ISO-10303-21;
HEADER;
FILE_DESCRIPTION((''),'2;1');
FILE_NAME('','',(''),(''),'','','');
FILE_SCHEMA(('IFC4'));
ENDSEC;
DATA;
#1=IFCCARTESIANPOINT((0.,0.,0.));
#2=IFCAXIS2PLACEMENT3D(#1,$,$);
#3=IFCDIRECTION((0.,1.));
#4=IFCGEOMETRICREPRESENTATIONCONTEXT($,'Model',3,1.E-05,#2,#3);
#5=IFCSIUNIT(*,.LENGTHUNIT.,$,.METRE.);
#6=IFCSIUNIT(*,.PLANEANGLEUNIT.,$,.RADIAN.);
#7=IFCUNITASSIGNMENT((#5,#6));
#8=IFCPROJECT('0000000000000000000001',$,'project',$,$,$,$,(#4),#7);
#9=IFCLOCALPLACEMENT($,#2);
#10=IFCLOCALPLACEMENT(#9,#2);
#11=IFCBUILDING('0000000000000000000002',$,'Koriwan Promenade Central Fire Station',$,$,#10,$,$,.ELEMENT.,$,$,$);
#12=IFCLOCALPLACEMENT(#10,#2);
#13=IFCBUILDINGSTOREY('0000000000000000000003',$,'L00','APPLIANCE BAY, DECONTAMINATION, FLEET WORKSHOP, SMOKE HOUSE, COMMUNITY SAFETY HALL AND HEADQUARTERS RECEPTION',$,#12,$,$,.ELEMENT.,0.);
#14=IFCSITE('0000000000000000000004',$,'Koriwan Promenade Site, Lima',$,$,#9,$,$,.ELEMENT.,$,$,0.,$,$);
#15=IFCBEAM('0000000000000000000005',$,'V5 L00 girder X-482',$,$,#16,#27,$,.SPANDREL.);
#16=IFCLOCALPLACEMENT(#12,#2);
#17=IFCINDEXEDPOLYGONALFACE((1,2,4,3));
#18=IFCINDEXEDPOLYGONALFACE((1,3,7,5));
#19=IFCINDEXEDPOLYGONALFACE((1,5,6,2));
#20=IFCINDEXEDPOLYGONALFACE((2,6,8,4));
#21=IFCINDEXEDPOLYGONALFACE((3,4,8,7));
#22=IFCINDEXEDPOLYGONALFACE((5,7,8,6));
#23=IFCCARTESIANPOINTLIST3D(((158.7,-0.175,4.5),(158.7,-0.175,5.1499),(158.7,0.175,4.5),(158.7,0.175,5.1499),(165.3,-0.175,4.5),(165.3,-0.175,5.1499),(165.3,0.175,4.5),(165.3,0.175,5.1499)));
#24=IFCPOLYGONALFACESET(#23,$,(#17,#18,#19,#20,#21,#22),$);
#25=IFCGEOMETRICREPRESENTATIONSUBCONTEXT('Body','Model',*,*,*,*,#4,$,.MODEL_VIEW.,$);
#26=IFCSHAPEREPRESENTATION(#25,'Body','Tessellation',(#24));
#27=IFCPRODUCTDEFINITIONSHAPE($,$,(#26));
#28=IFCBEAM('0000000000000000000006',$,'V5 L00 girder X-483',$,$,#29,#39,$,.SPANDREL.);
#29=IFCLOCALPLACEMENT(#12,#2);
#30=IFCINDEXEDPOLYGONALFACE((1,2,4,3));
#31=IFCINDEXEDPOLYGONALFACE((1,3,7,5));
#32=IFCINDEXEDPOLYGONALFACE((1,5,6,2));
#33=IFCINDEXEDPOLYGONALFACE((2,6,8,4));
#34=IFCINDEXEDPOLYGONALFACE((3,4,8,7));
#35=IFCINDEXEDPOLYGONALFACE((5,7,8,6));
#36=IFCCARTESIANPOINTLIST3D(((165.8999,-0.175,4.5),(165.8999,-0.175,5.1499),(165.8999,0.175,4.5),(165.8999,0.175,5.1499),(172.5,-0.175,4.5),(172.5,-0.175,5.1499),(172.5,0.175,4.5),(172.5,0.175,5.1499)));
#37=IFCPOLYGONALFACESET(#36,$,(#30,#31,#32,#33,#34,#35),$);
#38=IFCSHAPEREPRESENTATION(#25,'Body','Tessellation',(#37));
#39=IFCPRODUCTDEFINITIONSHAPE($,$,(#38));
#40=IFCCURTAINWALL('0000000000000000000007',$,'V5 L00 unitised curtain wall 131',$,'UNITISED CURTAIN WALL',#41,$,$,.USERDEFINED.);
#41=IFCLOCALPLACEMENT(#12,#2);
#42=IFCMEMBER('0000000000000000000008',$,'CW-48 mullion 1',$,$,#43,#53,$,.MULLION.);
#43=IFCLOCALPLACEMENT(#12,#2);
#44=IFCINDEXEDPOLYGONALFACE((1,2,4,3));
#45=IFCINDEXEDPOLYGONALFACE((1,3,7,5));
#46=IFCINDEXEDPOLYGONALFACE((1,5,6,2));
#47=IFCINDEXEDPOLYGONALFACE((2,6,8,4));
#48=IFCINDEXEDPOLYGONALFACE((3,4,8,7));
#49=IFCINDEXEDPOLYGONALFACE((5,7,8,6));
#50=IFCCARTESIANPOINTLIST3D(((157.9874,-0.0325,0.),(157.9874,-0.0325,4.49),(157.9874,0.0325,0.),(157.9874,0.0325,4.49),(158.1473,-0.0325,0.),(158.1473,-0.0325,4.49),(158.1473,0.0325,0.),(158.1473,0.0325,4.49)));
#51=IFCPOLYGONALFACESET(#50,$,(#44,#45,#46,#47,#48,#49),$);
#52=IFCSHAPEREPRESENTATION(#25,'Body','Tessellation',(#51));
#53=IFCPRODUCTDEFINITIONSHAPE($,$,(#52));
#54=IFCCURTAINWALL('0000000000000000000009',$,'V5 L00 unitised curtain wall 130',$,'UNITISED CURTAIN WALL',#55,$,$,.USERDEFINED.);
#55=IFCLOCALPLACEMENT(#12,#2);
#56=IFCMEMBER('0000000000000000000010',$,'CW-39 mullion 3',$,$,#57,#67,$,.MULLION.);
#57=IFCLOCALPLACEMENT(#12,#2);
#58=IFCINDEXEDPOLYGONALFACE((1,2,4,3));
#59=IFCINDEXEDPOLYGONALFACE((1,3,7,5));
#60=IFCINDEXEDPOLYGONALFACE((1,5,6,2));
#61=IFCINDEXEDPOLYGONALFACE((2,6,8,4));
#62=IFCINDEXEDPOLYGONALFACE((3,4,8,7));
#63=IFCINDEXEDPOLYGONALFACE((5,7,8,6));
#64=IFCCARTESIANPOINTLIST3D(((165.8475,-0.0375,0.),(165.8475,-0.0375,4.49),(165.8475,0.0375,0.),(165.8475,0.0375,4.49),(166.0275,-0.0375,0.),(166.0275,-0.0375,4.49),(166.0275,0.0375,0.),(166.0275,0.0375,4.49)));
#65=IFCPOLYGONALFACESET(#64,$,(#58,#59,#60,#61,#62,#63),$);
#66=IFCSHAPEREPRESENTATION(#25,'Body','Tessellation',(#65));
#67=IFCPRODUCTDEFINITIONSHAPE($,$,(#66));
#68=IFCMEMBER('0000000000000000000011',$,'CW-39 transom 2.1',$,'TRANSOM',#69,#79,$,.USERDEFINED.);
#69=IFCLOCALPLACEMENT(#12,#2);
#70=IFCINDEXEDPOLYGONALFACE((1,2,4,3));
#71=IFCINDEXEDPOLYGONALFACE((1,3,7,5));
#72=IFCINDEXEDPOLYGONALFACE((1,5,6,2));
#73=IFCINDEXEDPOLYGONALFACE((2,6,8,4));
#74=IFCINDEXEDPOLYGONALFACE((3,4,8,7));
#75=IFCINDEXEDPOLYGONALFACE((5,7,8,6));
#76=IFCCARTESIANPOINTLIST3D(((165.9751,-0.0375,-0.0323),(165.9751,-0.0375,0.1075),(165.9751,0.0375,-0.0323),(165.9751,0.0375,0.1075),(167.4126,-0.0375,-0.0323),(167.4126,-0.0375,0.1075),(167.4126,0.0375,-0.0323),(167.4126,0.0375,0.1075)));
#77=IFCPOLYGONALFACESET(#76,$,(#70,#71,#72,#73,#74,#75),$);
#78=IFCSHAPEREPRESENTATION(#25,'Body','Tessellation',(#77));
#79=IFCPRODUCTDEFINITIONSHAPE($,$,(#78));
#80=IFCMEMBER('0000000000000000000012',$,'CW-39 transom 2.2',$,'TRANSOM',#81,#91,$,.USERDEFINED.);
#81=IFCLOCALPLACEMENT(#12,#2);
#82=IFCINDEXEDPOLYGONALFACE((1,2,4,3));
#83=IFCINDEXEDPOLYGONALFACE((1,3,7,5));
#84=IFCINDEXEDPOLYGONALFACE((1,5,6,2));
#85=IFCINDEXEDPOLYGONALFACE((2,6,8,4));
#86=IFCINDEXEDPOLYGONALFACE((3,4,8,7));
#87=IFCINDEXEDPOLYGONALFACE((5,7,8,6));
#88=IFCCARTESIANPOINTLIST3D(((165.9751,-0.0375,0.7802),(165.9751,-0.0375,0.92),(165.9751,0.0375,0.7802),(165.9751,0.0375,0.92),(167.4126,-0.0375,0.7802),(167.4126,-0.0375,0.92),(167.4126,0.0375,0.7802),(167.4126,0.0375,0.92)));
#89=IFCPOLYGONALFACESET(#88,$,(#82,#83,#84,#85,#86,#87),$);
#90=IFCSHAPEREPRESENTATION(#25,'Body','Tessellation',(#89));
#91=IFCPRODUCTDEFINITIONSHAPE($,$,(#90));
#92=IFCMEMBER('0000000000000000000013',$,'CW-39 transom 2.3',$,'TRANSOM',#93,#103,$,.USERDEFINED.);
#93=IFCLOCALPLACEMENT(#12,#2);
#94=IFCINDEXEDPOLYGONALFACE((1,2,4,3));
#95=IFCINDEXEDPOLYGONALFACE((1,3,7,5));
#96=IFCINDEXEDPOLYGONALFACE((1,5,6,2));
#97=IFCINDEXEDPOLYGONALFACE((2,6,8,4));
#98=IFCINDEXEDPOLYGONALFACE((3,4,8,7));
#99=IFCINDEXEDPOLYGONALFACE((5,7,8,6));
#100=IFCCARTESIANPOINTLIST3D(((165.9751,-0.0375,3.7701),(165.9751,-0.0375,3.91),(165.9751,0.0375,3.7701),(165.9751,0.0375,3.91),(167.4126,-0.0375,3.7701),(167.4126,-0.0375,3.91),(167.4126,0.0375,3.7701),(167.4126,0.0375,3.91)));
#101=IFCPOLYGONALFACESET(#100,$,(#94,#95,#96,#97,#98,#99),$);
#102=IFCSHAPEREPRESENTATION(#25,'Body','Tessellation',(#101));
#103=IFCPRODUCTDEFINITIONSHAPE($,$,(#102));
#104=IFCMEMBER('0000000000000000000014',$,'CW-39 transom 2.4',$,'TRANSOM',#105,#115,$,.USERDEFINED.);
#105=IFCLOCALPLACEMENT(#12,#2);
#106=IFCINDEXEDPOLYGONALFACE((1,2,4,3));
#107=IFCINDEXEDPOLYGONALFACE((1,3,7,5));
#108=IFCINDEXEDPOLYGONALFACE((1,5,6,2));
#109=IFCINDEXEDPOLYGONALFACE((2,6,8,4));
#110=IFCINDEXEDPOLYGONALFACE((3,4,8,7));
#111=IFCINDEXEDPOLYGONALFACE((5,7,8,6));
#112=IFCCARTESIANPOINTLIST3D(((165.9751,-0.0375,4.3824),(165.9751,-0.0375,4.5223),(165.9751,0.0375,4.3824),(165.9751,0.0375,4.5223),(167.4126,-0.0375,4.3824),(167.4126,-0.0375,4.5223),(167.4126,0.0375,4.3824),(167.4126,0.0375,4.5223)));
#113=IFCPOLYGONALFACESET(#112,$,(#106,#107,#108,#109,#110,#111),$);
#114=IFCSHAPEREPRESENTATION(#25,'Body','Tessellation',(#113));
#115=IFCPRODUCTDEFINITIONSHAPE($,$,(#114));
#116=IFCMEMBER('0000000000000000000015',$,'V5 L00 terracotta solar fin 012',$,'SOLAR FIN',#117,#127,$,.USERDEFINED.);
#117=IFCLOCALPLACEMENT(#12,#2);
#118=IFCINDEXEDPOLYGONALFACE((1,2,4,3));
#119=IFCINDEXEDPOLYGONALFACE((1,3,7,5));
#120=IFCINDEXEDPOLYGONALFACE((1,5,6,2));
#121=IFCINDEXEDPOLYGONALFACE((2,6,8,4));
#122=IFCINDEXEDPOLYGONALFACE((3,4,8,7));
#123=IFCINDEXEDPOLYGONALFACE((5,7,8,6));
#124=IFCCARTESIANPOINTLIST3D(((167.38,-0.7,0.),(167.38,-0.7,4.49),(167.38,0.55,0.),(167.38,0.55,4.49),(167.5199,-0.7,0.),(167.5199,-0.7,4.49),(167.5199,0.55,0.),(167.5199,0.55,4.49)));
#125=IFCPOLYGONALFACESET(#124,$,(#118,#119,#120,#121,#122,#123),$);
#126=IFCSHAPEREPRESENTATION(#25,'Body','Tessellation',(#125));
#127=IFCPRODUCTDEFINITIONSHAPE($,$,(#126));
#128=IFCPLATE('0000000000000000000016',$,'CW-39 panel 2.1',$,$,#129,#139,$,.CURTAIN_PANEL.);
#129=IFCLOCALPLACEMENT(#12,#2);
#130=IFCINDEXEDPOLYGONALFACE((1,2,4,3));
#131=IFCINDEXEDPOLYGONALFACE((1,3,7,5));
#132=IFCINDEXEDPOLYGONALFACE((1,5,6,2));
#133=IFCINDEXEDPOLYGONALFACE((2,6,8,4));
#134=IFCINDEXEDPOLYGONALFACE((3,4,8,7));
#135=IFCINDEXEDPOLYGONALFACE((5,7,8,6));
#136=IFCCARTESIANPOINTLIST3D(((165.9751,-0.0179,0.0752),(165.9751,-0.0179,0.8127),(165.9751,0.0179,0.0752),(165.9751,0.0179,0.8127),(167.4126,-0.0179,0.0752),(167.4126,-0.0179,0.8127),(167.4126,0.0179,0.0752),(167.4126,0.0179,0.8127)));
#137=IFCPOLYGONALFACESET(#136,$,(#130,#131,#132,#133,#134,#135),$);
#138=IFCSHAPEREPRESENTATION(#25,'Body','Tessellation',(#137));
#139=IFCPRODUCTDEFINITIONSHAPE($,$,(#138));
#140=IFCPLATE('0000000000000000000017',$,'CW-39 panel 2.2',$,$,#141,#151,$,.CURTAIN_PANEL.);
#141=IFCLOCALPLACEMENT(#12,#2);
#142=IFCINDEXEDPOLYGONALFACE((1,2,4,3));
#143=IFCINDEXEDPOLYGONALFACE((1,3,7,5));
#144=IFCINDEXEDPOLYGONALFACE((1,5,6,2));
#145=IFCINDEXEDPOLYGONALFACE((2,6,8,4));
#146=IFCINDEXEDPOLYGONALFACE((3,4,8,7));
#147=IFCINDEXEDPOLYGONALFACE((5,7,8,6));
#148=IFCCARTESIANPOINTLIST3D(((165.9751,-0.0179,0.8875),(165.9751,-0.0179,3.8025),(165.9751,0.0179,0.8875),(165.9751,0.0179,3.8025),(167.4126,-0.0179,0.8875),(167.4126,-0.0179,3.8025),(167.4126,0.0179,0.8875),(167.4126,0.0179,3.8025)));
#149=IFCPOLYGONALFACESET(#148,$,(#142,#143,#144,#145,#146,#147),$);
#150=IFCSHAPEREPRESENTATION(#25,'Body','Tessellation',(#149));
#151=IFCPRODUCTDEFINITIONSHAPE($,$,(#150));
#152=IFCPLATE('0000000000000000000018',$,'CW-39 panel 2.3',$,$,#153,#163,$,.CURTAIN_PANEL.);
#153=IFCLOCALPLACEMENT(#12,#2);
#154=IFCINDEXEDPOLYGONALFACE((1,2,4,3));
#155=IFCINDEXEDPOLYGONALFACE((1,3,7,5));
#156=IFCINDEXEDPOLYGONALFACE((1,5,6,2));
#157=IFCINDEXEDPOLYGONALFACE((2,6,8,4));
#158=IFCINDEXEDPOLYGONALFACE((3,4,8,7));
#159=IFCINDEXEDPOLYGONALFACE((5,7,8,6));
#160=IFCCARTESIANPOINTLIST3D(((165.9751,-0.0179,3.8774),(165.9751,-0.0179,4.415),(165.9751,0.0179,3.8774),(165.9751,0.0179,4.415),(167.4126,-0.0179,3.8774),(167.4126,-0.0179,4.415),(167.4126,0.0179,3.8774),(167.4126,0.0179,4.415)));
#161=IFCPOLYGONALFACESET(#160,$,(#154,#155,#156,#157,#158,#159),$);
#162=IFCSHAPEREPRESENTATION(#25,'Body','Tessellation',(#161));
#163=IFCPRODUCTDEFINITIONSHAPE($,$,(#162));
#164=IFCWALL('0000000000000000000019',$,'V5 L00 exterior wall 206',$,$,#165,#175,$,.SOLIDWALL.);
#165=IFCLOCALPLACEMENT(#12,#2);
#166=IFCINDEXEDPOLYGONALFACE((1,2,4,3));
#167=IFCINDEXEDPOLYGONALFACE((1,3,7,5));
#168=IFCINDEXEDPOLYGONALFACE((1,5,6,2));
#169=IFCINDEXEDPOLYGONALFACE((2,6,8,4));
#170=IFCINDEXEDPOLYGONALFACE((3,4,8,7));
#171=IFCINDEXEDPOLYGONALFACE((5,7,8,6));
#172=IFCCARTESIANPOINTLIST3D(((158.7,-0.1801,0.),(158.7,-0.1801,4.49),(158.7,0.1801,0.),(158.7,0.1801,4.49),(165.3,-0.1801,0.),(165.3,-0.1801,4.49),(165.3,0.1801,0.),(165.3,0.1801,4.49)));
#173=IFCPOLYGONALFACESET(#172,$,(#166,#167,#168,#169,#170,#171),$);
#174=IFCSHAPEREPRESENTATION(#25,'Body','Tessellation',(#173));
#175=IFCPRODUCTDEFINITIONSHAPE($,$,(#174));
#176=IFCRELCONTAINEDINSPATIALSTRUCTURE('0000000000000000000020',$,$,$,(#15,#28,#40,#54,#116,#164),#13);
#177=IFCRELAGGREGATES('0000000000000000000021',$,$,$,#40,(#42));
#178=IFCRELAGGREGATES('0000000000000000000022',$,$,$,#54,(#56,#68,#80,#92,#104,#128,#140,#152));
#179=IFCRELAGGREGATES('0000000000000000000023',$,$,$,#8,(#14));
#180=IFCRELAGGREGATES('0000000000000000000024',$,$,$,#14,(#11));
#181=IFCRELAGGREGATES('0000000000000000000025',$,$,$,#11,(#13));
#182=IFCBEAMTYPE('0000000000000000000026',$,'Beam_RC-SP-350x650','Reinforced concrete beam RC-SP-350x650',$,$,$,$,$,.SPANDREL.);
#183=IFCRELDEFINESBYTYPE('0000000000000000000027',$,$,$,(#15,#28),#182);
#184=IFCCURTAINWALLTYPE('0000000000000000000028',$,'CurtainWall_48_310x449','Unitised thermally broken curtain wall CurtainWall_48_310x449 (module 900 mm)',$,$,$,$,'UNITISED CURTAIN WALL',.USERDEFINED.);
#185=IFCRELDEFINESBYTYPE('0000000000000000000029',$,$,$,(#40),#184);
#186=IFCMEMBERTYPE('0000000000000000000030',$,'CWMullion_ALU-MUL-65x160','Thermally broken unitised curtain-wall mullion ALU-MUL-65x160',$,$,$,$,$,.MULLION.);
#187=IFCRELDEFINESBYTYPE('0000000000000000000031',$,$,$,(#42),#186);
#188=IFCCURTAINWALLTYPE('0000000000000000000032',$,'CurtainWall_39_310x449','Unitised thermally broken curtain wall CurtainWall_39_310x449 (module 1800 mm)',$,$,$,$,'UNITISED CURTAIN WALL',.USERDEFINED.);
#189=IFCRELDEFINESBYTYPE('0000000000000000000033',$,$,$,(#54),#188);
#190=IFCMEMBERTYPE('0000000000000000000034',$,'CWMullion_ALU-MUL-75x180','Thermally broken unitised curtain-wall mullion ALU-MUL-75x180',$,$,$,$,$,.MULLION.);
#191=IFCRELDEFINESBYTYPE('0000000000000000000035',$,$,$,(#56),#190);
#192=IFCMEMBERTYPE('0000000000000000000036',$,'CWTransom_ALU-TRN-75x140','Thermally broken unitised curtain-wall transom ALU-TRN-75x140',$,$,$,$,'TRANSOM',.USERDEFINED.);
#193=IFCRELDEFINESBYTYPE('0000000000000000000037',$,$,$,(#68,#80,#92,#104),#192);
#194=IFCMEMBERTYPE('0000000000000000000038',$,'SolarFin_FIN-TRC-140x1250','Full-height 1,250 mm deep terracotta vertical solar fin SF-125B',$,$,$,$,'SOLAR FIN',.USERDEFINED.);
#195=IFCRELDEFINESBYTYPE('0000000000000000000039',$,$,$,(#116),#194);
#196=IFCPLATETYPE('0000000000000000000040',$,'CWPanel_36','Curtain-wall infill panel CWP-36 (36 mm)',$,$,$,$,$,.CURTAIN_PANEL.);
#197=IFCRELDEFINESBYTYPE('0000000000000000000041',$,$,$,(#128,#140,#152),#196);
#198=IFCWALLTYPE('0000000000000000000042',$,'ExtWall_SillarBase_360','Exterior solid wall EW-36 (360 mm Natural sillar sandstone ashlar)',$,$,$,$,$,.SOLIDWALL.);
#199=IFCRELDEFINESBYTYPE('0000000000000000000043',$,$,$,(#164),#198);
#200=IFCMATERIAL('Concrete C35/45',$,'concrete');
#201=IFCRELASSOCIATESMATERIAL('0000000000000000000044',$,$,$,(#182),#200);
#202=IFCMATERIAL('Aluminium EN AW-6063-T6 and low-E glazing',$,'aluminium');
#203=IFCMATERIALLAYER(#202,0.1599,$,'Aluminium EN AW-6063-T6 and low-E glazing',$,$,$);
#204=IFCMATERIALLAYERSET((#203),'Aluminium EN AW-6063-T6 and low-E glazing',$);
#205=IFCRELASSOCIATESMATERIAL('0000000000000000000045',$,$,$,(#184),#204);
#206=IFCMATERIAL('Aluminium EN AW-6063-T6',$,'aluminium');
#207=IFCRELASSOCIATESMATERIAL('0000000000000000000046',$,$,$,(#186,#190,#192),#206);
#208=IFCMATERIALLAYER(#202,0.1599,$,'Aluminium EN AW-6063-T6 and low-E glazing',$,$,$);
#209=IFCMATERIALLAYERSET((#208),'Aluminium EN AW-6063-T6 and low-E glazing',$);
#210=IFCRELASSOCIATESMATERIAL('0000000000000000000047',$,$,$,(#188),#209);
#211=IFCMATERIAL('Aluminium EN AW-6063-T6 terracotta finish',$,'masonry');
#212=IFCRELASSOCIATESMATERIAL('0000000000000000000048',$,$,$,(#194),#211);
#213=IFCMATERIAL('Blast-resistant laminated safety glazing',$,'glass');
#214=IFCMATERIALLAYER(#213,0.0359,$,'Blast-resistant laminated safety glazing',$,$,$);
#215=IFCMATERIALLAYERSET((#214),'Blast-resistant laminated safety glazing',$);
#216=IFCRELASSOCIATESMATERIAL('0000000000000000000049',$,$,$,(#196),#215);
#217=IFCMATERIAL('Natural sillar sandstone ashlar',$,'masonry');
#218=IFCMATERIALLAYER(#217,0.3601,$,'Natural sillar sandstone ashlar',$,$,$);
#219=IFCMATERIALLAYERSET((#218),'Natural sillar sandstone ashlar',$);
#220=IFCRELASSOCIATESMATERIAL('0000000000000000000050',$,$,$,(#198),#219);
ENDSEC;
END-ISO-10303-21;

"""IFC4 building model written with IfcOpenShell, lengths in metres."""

from ifc_helpers import new_model, si_unit, direction, frame, frame_2d, origin, origin_2d, place, context, subcontext, project, spatial, rectangle, extrude, material, layer, layer_set, material_profile, profile_set, type_object, element, aggregate, save


model = new_model("IFC4")

# Units and contexts
model_context = context("Model", 3, precision=1e-05, world=origin(), true_north=direction((0.0, 1.0)))
body_context = subcontext(model_context, "Body", "Model", "MODEL_VIEW")
ifc_project = project(units=[si_unit("LENGTHUNIT", "METRE"), si_unit("PLANEANGLEUNIT", "RADIAN")], contexts=[model_context])

# Site, building, storey
site_placement = place(None, origin())
site = spatial("IfcSite", under=ifc_project, at=site_placement, Name="Koriwan Promenade Site, Lima", CompositionType="ELEMENT", RefElevation=0.0)
building_placement = place(site_placement, origin())
building = spatial("IfcBuilding", under=site, at=building_placement, Name="Koriwan Promenade Central Fire Station", CompositionType="ELEMENT")
storey_placement = place(building_placement, origin())
storey = spatial("IfcBuildingStorey", under=building, at=storey_placement, Name="L00", Description="APPLIANCE BAY, DECONTAMINATION, FLEET WORKSHOP, SMOKE HOUSE, COMMUNITY SAFETY HALL AND HEADQUARTERS RECEPTION", CompositionType="ELEMENT", Elevation=0.0)

# Shared definitions
ifc_material_1 = material(Name="Concrete C35/45", Category="concrete")

# Beams
ifc_material_profile_1 = material_profile(ifc_material_1, rectangle(XDim=0.3501, YDim=0.6499, at=origin_2d()), Name="RC-SP-350x650")
ifc_profile_set_1 = profile_set([ifc_material_profile_1], Name="Concrete C35/45")
beam_type_1 = type_object("IfcBeamType", Name="Beam_RC-SP-350x650", Description="Reinforced concrete beam RC-SP-350x650", PredefinedType="SPANDREL", material=ifc_profile_set_1)
for number, where, z_axis, x_axis, name in (
    (1, (158.7, 0.0, 4.825), (1.0, 0.0, 0.0), (0.0, 1.0, 0.0), "V5 L00 girder X-482"),
    (2, (165.8999, 0.0, 4.825), (1.0, 0.0, 0.0), (0.0, 1.0, 0.0), "V5 L00 girder X-483"),
):
    element("IfcBeam", number, at=place(storey_placement, frame(where, z_axis=z_axis, x_axis=x_axis)), inside=storey, type_object=beam_type_1, Name=name, PredefinedType="SPANDREL", context=body_context, shape_type="SweptSolid", body=[
        extrude(rectangle(XDim=0.3501, YDim=0.6499, at=origin_2d()), origin(), (0.0, 0.0, 1.0), 6.6001),
    ])

# Curtain wall, member
ifc_material_2 = material(Name="Aluminium EN AW-6063-T6 and low-E glazing", Category="aluminium")
ifc_layer_1 = layer(ifc_material_2, 0.1599, Name="Aluminium EN AW-6063-T6 and low-E glazing")
ifc_layer_set_1 = layer_set([ifc_layer_1], Name="Aluminium EN AW-6063-T6 and low-E glazing")
curtain_wall_type_1 = type_object("IfcCurtainWallType", Name="CurtainWall_48_310x449", Description="Unitised thermally broken curtain wall CurtainWall_48_310x449 (module 900 mm)", ElementType="UNITISED CURTAIN WALL", PredefinedType="USERDEFINED", material=ifc_layer_set_1)
curtain_wall_1_placement = place(storey_placement, origin())
curtain_wall_1 = element("IfcCurtainWall", 3, at=curtain_wall_1_placement, inside=storey, type_object=curtain_wall_type_1, Name="V5 L00 unitised curtain wall 131", ObjectType="UNITISED CURTAIN WALL", PredefinedType="USERDEFINED")
ifc_material_3 = material(Name="Aluminium EN AW-6063-T6", Category="aluminium")
ifc_material_profile_2 = material_profile(ifc_material_3, rectangle(XDim=0.0649, YDim=0.1599, at=origin_2d()), Name="ALU-MUL-65x160")
ifc_profile_set_2 = profile_set([ifc_material_profile_2], Name="Aluminium EN AW-6063-T6")
member_type_1 = type_object("IfcMemberType", Name="CWMullion_ALU-MUL-65x160", Description="Thermally broken unitised curtain-wall mullion ALU-MUL-65x160", PredefinedType="MULLION", material=ifc_profile_set_2)
member_1_placement = place(storey_placement, frame((158.0674, 0.0, 0.0), z_axis=(0.0, 0.0, 1.0), x_axis=(0.0, -1.0, 0.0)))
member_1 = element("IfcMember", 4, at=member_1_placement, type_object=member_type_1, Name="CW-48 mullion 1", PredefinedType="MULLION", context=body_context, shape_type="SweptSolid", body=[
    extrude(rectangle(XDim=0.0649, YDim=0.1599, at=origin_2d()), origin(), (0.0, 0.0, 1.0), 4.49),
])
aggregate(curtain_wall_1, [member_1])

# Curtain wall, members
ifc_layer_2 = layer(ifc_material_2, 0.1599, Name="Aluminium EN AW-6063-T6 and low-E glazing")
ifc_layer_set_2 = layer_set([ifc_layer_2], Name="Aluminium EN AW-6063-T6 and low-E glazing")
curtain_wall_type_2 = type_object("IfcCurtainWallType", Name="CurtainWall_39_310x449", Description="Unitised thermally broken curtain wall CurtainWall_39_310x449 (module 1800 mm)", ElementType="UNITISED CURTAIN WALL", PredefinedType="USERDEFINED", material=ifc_layer_set_2)
curtain_wall_2_placement = place(storey_placement, origin())
curtain_wall_2 = element("IfcCurtainWall", 5, at=curtain_wall_2_placement, inside=storey, type_object=curtain_wall_type_2, Name="V5 L00 unitised curtain wall 130", ObjectType="UNITISED CURTAIN WALL", PredefinedType="USERDEFINED")
ifc_material_profile_3 = material_profile(ifc_material_3, rectangle(XDim=0.075, YDim=0.1799, at=origin_2d()), Name="ALU-MUL-75x180")
ifc_profile_set_3 = profile_set([ifc_material_profile_3], Name="Aluminium EN AW-6063-T6")
member_type_2 = type_object("IfcMemberType", Name="CWMullion_ALU-MUL-75x180", Description="Thermally broken unitised curtain-wall mullion ALU-MUL-75x180", PredefinedType="MULLION", material=ifc_profile_set_3)
member_2_placement = place(storey_placement, frame((165.9375, 0.0, 0.0), z_axis=(0.0, 0.0, 1.0), x_axis=(0.0, -1.0, 0.0)))
member_2 = element("IfcMember", 6, at=member_2_placement, type_object=member_type_2, Name="CW-39 mullion 3", PredefinedType="MULLION", context=body_context, shape_type="SweptSolid", body=[
    extrude(rectangle(XDim=0.075, YDim=0.1799, at=origin_2d()), origin(), (0.0, 0.0, 1.0), 4.49),
])
ifc_material_profile_4 = material_profile(ifc_material_3, rectangle(XDim=0.075, YDim=0.1399, at=origin_2d()), Name="ALU-TRN-75x140")
ifc_profile_set_4 = profile_set([ifc_material_profile_4], Name="Aluminium EN AW-6063-T6")
member_type_3 = type_object("IfcMemberType", Name="CWTransom_ALU-TRN-75x140", Description="Thermally broken unitised curtain-wall transom ALU-TRN-75x140", ElementType="TRANSOM", PredefinedType="USERDEFINED", material=ifc_profile_set_4)
member_3_placement = place(storey_placement, frame((167.4126, 0.0, 0.0376), z_axis=(-1.0, 0.0, 0.0), x_axis=(0.0, -1.0, 0.0)))
member_3 = element("IfcMember", 7, at=member_3_placement, type_object=member_type_3, Name="CW-39 transom 2.1", ObjectType="TRANSOM", PredefinedType="USERDEFINED", context=body_context, shape_type="SweptSolid", body=[
    extrude(rectangle(XDim=0.075, YDim=0.1399, at=origin_2d()), origin(), (0.0, 0.0, 1.0), 1.4375),
])
member_4_placement = place(storey_placement, frame((167.4126, 0.0, 0.8501), z_axis=(-1.0, 0.0, 0.0), x_axis=(0.0, -1.0, 0.0)))
member_4 = element("IfcMember", 8, at=member_4_placement, type_object=member_type_3, Name="CW-39 transom 2.2", ObjectType="TRANSOM", PredefinedType="USERDEFINED", context=body_context, shape_type="SweptSolid", body=[
    extrude(rectangle(XDim=0.075, YDim=0.1399, at=origin_2d()), origin(), (0.0, 0.0, 1.0), 1.4375),
])
member_5_placement = place(storey_placement, frame((167.4126, 0.0, 3.8401), z_axis=(-1.0, 0.0, 0.0), x_axis=(0.0, -1.0, 0.0)))
member_5 = element("IfcMember", 9, at=member_5_placement, type_object=member_type_3, Name="CW-39 transom 2.3", ObjectType="TRANSOM", PredefinedType="USERDEFINED", context=body_context, shape_type="SweptSolid", body=[
    extrude(rectangle(XDim=0.075, YDim=0.1399, at=origin_2d()), origin(), (0.0, 0.0, 1.0), 1.4375),
])
member_6_placement = place(storey_placement, frame((167.4126, 0.0, 4.4524), z_axis=(-1.0, 0.0, 0.0), x_axis=(0.0, -1.0, 0.0)))
member_6 = element("IfcMember", 10, at=member_6_placement, type_object=member_type_3, Name="CW-39 transom 2.4", ObjectType="TRANSOM", PredefinedType="USERDEFINED", context=body_context, shape_type="SweptSolid", body=[
    extrude(rectangle(XDim=0.075, YDim=0.1399, at=origin_2d()), origin(), (0.0, 0.0, 1.0), 1.4375),
])

# Member
ifc_material_4 = material(Name="Aluminium EN AW-6063-T6 terracotta finish", Category="masonry")
ifc_material_profile_5 = material_profile(ifc_material_4, rectangle(XDim=0.1399, YDim=1.25, at=origin_2d()), Name="FIN-TRC-140x1250")
ifc_profile_set_5 = profile_set([ifc_material_profile_5], Name="Aluminium EN AW-6063-T6 terracotta finish")
member_type_4 = type_object("IfcMemberType", Name="SolarFin_FIN-TRC-140x1250", Description="Full-height 1,250 mm deep terracotta vertical solar fin SF-125B", ElementType="SOLAR FIN", PredefinedType="USERDEFINED", material=ifc_profile_set_5)
member_7_placement = place(storey_placement, frame((167.45, -0.075, 0.0), z_axis=(0.0, 0.0, 1.0), x_axis=(-1.0, 0.0, 0.0)))
element("IfcMember", 11, at=member_7_placement, inside=storey, type_object=member_type_4, Name="V5 L00 terracotta solar fin 012", ObjectType="SOLAR FIN", PredefinedType="USERDEFINED", context=body_context, shape_type="SweptSolid", body=[
    extrude(rectangle(XDim=0.1399, YDim=1.25, at=origin_2d()), origin(), (0.0, 0.0, 1.0), 4.49),
])

# Plates
ifc_material_5 = material(Name="Blast-resistant laminated safety glazing", Category="glass")
ifc_layer_3 = layer(ifc_material_5, 0.0359, Name="Blast-resistant laminated safety glazing")
ifc_layer_set_3 = layer_set([ifc_layer_3], Name="Blast-resistant laminated safety glazing")
plate_type = type_object("IfcPlateType", Name="CWPanel_36", Description="Curtain-wall infill panel CWP-36 (36 mm)", PredefinedType="CURTAIN_PANEL", material=ifc_layer_set_3)
plate_1_placement = place(storey_placement, frame((166.6938, 0.0, 0.0752), z_axis=(0.0, 0.0, 1.0), x_axis=(-1.0, 0.0, 0.0)))
plate_1 = element("IfcPlate", 12, at=plate_1_placement, type_object=plate_type, Name="CW-39 panel 2.1", PredefinedType="CURTAIN_PANEL", context=body_context, shape_type="SweptSolid", body=[
    extrude(rectangle(XDim=1.4375, YDim=0.0359, at=origin_2d()), origin(), (0.0, 0.0, 1.0), 0.7375),
])
plate_2_placement = place(storey_placement, frame((166.6938, 0.0, 0.8875), z_axis=(0.0, 0.0, 1.0), x_axis=(-1.0, 0.0, 0.0)))
plate_2 = element("IfcPlate", 13, at=plate_2_placement, type_object=plate_type, Name="CW-39 panel 2.2", PredefinedType="CURTAIN_PANEL", context=body_context, shape_type="SweptSolid", body=[
    extrude(rectangle(XDim=1.4375, YDim=0.0359, at=origin_2d()), origin(), (0.0, 0.0, 1.0), 2.915),
])
plate_3_placement = place(storey_placement, frame((166.6938, 0.0, 3.8774), z_axis=(0.0, 0.0, 1.0), x_axis=(-1.0, 0.0, 0.0)))
plate_3 = element("IfcPlate", 14, at=plate_3_placement, type_object=plate_type, Name="CW-39 panel 2.3", PredefinedType="CURTAIN_PANEL", context=body_context, shape_type="SweptSolid", body=[
    extrude(rectangle(XDim=1.4375, YDim=0.0359, at=origin_2d()), origin(), (0.0, 0.0, 1.0), 0.5376),
])
aggregate(curtain_wall_2, [member_2, member_3, member_4, member_5, member_6, plate_1, plate_2, plate_3])

# Wall
ifc_material_6 = material(Name="Natural sillar sandstone ashlar", Category="masonry")
ifc_layer_4 = layer(ifc_material_6, 0.3601, Name="Natural sillar sandstone ashlar")
ifc_layer_set_4 = layer_set([ifc_layer_4], Name="Natural sillar sandstone ashlar")
wall_type_1 = type_object("IfcWallType", Name="ExtWall_SillarBase_360", Description="Exterior solid wall EW-36 (360 mm Natural sillar sandstone ashlar)", PredefinedType="SOLIDWALL", material=ifc_layer_set_4)
wall_1_placement = place(storey_placement, frame((165.3, 0.0, 0.0), z_axis=(0.0, 0.0, 1.0), x_axis=(-1.0, 0.0, 0.0)))
element("IfcWall", 15, at=wall_1_placement, inside=storey, type_object=wall_type_1, Name="V5 L00 exterior wall 206", PredefinedType="SOLIDWALL", context=body_context, shape_type="SweptSolid", body=[
    extrude(rectangle(XDim=6.6001, YDim=0.3601, at=frame_2d((3.3, 0.0))), origin(), (0.0, 0.0, 1.0), 4.49),
])

save(model, "model.ifc")
